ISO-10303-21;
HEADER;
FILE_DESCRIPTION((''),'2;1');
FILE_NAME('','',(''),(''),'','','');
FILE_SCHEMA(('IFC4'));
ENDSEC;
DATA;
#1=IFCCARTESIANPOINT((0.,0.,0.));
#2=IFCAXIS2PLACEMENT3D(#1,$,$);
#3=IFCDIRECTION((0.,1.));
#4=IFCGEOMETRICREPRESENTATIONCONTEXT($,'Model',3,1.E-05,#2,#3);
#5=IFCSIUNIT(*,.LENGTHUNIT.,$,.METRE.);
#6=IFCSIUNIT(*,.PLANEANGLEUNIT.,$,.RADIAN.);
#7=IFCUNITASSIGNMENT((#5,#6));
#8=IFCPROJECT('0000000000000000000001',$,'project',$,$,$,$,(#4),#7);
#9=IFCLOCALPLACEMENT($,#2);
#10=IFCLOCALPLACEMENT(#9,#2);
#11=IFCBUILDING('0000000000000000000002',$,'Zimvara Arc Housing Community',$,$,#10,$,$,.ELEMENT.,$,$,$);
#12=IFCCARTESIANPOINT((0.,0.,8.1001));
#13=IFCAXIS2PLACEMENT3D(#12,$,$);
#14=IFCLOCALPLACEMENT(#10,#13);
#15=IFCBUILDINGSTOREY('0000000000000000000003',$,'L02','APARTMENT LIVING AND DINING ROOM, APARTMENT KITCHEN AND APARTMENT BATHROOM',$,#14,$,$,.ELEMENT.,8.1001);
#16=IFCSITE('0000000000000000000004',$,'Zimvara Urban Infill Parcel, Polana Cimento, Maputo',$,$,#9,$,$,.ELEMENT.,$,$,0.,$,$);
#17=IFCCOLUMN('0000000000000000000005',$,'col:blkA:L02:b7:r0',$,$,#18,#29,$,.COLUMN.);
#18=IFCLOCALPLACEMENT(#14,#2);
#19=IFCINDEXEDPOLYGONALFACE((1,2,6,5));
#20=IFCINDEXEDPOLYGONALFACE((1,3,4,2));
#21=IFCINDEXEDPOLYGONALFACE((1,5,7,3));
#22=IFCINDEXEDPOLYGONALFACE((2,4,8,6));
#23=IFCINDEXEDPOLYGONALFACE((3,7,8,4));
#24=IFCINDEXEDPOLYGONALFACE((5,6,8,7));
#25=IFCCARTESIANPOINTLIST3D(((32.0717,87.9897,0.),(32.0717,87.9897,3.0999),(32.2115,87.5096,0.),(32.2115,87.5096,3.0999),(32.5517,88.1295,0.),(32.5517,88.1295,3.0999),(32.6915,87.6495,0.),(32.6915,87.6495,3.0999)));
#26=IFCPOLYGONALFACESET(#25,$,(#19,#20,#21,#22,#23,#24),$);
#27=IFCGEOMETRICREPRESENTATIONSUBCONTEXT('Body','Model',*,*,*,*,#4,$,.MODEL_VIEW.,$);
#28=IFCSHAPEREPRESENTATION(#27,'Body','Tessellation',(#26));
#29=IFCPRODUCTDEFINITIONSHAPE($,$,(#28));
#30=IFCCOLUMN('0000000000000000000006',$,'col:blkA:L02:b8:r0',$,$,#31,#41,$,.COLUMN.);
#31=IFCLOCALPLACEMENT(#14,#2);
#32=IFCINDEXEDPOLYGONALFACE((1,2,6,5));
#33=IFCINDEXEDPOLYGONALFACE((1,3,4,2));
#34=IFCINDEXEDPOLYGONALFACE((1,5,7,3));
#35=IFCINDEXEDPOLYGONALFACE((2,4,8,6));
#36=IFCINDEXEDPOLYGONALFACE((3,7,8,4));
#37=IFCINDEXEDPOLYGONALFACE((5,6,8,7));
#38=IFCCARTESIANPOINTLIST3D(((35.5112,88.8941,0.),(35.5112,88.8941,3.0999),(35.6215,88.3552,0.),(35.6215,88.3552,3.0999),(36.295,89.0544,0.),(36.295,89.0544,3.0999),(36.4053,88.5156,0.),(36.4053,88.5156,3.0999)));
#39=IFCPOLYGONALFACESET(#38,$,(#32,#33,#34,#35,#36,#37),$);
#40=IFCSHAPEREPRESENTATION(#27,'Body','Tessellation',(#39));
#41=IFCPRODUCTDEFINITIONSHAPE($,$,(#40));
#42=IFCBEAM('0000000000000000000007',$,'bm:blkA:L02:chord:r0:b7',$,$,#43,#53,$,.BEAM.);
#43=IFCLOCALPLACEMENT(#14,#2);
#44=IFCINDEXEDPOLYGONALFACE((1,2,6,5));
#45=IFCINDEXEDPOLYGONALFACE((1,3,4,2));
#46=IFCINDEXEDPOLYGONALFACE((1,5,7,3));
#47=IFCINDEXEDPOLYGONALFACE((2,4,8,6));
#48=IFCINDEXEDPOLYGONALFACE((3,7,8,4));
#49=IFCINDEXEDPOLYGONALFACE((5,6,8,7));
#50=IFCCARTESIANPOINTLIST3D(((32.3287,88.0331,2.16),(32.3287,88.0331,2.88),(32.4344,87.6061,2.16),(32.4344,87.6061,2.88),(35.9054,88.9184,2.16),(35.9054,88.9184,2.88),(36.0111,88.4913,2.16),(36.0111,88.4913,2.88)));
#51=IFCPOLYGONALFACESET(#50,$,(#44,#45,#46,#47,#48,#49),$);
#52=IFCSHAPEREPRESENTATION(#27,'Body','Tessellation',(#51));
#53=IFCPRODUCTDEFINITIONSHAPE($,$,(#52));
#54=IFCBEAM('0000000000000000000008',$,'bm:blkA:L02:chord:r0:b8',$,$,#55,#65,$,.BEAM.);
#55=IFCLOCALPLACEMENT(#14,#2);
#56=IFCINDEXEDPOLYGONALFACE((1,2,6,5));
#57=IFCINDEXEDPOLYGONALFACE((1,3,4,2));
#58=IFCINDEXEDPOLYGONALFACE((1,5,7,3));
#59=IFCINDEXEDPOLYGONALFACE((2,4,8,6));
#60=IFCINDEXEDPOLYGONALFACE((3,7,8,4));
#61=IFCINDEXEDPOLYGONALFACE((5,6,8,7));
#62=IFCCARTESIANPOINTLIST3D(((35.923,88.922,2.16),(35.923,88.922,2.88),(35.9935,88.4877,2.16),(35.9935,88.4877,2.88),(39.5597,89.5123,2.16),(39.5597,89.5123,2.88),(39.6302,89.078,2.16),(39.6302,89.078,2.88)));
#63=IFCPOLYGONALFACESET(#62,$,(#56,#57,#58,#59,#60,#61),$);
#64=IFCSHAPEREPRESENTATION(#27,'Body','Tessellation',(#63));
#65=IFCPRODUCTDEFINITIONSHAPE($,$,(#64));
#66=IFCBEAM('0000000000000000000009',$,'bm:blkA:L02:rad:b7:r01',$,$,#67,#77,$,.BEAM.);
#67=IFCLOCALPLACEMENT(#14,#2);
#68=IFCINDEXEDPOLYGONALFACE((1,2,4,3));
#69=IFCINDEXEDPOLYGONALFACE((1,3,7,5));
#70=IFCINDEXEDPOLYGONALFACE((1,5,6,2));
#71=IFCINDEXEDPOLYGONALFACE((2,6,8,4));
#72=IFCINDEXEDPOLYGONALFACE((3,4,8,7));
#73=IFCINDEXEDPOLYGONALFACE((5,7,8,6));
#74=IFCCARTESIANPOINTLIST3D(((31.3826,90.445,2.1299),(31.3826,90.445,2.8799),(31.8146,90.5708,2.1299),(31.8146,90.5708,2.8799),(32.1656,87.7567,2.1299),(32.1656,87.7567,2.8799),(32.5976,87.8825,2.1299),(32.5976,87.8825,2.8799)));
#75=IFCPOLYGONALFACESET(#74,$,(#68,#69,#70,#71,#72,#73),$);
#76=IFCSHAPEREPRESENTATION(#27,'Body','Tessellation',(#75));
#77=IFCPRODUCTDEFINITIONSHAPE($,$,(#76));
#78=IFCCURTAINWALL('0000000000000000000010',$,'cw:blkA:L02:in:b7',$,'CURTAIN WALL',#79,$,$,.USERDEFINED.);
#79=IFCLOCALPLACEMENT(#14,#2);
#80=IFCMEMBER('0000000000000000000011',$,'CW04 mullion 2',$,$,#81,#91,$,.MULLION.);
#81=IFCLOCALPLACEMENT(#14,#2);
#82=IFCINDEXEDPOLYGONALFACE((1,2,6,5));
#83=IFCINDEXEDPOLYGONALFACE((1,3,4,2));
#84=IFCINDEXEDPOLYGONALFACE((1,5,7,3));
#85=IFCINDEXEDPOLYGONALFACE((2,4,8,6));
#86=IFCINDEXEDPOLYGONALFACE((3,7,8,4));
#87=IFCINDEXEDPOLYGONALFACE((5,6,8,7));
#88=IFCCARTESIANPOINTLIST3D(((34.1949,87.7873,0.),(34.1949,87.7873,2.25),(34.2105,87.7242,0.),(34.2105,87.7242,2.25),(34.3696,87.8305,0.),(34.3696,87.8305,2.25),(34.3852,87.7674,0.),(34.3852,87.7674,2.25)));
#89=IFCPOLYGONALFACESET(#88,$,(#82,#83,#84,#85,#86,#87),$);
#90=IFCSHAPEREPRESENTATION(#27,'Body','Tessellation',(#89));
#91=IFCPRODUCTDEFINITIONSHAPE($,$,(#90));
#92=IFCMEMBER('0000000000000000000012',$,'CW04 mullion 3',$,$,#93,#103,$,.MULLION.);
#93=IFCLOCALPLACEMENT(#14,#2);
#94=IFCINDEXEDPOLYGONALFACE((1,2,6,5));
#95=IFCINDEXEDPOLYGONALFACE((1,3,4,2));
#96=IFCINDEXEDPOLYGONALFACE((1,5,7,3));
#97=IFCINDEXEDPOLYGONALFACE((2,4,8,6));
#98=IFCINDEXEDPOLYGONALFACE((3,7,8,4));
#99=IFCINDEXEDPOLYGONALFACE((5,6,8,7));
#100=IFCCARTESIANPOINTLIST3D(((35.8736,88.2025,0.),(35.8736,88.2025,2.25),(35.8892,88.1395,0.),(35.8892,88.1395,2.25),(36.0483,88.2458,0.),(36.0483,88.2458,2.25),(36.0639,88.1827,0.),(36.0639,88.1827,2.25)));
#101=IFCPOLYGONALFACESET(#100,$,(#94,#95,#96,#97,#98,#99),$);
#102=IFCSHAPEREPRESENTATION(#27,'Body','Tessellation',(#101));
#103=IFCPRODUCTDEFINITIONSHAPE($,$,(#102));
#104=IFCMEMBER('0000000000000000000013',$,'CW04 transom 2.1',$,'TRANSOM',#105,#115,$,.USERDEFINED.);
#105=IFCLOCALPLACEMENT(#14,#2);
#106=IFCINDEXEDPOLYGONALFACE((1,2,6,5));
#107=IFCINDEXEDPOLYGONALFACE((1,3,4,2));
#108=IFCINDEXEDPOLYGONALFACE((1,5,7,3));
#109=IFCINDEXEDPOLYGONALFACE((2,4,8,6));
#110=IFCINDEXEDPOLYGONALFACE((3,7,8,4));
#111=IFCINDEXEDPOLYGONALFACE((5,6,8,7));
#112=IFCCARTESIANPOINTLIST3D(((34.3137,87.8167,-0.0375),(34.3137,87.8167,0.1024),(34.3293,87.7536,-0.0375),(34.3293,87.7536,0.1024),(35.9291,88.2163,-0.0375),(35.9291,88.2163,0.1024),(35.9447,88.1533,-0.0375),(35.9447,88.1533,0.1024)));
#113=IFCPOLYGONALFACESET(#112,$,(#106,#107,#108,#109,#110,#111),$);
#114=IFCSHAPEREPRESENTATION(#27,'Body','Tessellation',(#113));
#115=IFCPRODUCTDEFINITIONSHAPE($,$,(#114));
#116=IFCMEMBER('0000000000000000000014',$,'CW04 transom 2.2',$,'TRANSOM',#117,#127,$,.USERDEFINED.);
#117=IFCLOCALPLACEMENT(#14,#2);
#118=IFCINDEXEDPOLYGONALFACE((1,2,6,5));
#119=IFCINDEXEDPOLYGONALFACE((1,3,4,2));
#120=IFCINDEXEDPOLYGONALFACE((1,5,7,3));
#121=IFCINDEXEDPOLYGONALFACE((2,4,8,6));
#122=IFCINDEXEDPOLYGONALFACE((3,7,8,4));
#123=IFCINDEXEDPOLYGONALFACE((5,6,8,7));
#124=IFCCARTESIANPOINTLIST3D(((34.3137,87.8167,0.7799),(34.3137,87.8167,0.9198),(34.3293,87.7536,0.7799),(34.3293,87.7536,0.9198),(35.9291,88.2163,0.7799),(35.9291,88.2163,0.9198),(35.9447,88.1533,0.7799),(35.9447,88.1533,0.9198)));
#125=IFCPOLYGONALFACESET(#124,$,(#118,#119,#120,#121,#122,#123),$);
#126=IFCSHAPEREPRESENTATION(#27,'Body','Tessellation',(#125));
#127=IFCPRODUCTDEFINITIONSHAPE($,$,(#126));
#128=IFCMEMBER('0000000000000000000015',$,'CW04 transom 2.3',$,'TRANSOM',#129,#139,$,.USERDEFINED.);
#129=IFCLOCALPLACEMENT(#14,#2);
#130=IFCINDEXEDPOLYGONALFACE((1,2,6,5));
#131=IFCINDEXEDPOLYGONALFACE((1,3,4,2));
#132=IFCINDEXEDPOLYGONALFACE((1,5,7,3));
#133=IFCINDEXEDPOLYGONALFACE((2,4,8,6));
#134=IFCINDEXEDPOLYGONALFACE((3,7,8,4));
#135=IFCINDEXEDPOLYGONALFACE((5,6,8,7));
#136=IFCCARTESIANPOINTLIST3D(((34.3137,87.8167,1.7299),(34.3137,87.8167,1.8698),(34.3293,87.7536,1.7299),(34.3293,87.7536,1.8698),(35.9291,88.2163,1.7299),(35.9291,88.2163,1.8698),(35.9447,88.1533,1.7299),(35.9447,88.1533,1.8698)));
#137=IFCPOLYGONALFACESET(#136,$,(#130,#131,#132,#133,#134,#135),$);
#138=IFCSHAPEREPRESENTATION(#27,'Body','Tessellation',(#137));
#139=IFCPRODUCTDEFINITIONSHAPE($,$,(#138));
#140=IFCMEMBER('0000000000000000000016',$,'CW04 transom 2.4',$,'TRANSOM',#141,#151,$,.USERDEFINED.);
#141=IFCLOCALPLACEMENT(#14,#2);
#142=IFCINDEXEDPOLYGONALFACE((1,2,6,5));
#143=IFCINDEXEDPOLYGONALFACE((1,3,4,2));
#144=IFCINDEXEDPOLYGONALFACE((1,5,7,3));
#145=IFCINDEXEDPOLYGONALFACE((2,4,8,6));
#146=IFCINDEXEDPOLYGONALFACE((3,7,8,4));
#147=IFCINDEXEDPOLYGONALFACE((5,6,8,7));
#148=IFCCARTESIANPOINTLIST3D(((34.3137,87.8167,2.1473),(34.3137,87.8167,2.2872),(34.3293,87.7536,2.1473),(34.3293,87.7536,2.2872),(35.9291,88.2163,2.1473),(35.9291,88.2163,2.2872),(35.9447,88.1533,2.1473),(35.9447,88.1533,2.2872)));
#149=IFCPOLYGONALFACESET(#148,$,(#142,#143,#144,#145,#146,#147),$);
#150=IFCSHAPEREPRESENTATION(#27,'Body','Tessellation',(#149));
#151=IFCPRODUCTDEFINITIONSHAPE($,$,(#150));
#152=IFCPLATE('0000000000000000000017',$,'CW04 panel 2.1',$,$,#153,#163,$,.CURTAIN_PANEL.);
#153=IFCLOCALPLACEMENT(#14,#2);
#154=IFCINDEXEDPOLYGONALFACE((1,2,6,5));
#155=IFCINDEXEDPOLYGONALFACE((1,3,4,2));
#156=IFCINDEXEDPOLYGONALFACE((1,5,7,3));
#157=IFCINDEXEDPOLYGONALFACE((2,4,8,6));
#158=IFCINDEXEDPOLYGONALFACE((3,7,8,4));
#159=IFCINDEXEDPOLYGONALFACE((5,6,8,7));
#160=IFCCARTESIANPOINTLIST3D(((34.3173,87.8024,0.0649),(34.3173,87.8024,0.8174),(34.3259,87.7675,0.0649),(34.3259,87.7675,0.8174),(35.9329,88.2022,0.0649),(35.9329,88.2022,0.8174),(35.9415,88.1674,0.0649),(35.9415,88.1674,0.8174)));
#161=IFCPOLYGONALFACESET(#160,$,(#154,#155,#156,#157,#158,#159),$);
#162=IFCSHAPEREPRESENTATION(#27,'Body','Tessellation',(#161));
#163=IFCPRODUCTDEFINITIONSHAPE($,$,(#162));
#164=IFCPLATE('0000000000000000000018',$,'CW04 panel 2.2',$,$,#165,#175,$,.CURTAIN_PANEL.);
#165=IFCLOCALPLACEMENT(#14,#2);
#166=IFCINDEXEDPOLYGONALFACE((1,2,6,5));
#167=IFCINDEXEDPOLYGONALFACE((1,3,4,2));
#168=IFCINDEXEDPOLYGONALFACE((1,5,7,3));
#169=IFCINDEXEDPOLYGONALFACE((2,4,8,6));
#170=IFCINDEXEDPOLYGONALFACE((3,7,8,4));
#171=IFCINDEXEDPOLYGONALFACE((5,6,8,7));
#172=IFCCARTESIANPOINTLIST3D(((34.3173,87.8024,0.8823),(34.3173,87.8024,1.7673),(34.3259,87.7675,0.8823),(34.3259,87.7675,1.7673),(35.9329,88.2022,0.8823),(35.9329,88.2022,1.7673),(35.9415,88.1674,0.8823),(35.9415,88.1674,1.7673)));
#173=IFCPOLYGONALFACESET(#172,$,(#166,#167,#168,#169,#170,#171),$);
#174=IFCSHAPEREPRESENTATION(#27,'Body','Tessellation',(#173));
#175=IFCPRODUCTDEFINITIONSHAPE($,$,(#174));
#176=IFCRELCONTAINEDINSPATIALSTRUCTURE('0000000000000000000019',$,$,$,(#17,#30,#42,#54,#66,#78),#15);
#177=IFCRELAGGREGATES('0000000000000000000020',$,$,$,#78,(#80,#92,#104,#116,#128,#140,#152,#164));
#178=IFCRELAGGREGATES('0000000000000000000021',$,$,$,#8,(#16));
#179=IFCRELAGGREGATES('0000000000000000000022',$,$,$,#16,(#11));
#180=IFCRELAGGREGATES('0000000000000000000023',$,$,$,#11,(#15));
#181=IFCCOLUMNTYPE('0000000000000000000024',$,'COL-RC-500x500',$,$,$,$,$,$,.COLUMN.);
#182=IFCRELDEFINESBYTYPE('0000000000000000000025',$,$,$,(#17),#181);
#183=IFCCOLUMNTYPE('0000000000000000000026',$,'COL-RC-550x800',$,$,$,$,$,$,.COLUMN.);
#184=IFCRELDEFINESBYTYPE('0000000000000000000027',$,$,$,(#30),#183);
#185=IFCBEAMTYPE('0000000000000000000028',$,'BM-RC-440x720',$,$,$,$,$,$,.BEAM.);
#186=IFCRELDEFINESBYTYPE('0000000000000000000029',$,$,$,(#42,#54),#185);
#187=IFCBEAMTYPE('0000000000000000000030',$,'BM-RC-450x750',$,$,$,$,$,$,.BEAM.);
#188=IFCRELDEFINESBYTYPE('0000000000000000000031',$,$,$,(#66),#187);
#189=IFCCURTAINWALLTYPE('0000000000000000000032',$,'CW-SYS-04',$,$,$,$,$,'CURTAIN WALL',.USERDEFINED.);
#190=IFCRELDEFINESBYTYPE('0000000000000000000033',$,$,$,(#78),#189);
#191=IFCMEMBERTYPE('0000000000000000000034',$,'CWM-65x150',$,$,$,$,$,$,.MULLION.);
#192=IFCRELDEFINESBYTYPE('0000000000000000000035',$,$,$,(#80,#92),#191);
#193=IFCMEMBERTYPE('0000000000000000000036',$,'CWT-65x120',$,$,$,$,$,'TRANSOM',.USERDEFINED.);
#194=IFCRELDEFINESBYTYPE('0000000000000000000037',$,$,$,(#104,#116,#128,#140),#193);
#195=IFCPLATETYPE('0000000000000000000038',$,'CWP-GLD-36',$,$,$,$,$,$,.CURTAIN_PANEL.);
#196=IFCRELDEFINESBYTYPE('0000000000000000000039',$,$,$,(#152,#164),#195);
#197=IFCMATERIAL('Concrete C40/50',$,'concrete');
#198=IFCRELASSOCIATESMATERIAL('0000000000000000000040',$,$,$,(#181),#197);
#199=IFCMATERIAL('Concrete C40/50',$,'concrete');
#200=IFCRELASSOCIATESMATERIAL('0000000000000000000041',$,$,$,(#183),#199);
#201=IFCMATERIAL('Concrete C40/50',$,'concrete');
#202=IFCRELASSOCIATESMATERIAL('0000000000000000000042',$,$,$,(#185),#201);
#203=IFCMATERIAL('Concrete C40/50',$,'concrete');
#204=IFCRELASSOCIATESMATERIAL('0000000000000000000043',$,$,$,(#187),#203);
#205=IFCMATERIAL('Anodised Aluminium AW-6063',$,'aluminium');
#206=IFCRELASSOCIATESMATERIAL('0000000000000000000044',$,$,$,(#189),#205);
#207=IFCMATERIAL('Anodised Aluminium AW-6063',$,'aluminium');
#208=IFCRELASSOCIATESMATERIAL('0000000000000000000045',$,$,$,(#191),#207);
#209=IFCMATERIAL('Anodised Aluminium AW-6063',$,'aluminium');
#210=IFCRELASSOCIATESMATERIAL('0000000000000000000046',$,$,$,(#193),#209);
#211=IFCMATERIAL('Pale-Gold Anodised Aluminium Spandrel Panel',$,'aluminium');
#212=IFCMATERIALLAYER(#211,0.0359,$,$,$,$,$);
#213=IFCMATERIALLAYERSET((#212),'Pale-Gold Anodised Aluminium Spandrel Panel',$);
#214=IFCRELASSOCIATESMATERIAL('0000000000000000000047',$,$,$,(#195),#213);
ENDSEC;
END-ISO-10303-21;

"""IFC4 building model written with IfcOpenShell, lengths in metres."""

from ifc_helpers import new_model, si_unit, direction, frame, origin, origin_2d, place, context, subcontext, project, spatial, rectangle, extrude, material, layer, layer_set, material_profile, profile_set, type_object, element, aggregate, save


model = new_model("IFC4")

# Units and contexts
model_context = context("Model", 3, precision=1e-05, world=origin(), true_north=direction((0.0, 1.0)))
body_context = subcontext(model_context, "Body", "Model", "MODEL_VIEW")
ifc_project = project(units=[si_unit("LENGTHUNIT", "METRE"), si_unit("PLANEANGLEUNIT", "RADIAN")], contexts=[model_context])

# Site, building, storey
site_placement = place(None, origin())
site = spatial("IfcSite", under=ifc_project, at=site_placement, Name="Zimvara Urban Infill Parcel, Polana Cimento, Maputo", CompositionType="ELEMENT", RefElevation=0.0)
building_placement = place(site_placement, origin())
building = spatial("IfcBuilding", under=site, at=building_placement, Name="Zimvara Arc Housing Community", CompositionType="ELEMENT")
storey_placement = place(building_placement, frame((0.0, 0.0, 8.1001)))
storey = spatial("IfcBuildingStorey", under=building, at=storey_placement, Name="L02", Description="APARTMENT LIVING AND DINING ROOM, APARTMENT KITCHEN AND APARTMENT BATHROOM", CompositionType="ELEMENT", Elevation=8.1001)

# Columns
ifc_material_1 = material(Name="Concrete C40/50", Category="concrete")
ifc_material_profile_1 = material_profile(ifc_material_1, rectangle(XDim=0.5, YDim=0.5, at=origin_2d()), Name="RC 500x500")
ifc_profile_set_1 = profile_set([ifc_material_profile_1], Name="Concrete C40/50")
column_type_1 = type_object("IfcColumnType", Name="COL-RC-500x500", PredefinedType="COLUMN", material=ifc_profile_set_1)
column_1_placement = place(storey_placement, frame((32.3816, 87.8196, 0.0), z_axis=(0.0, 0.0, 1.0), x_axis=(-0.279661, 0.960099, 0.0)))
element("IfcColumn", 1, at=column_1_placement, inside=storey, type_object=column_type_1, Name="col:blkA:L02:b7:r0", PredefinedType="COLUMN", context=body_context, shape_type="SweptSolid", body=[
    extrude(rectangle(XDim=0.5, YDim=0.5, at=origin_2d()), origin(), (0.0, 0.0, 1.0), 3.0999),
])
ifc_material_2 = material(Name="Concrete C40/50", Category="concrete")
ifc_material_profile_2 = material_profile(ifc_material_2, rectangle(XDim=0.55, YDim=0.8, at=origin_2d()), Name="RC 550x800")
ifc_profile_set_2 = profile_set([ifc_material_profile_2], Name="Concrete C40/50")
column_type_2 = type_object("IfcColumnType", Name="COL-RC-550x800", PredefinedType="COLUMN", material=ifc_profile_set_2)
column_2_placement = place(storey_placement, frame((35.9583, 88.7048, 0.0), z_axis=(0.0, 0.0, 1.0), x_axis=(-0.200394, 0.979715, 0.0)))
element("IfcColumn", 2, at=column_2_placement, inside=storey, type_object=column_type_2, Name="col:blkA:L02:b8:r0", PredefinedType="COLUMN", context=body_context, shape_type="SweptSolid", body=[
    extrude(rectangle(XDim=0.55, YDim=0.8, at=origin_2d()), origin(), (0.0, 0.0, 1.0), 3.0999),
])

# Beams
ifc_material_3 = material(Name="Concrete C40/50", Category="concrete")
ifc_material_profile_3 = material_profile(ifc_material_3, rectangle(XDim=0.4399, YDim=0.72, at=origin_2d()), Name="RC 440x720")
ifc_profile_set_3 = profile_set([ifc_material_profile_3], Name="Concrete C40/50")
beam_type_1 = type_object("IfcBeamType", Name="BM-RC-440x720", PredefinedType="BEAM", material=ifc_profile_set_3)
beam_1_placement = place(storey_placement, frame((32.3816, 87.8196, 2.52), z_axis=(0.970709, 0.240259, 0.0), x_axis=(-0.240259, 0.970709, 0.0)))
element("IfcBeam", 3, at=beam_1_placement, inside=storey, type_object=beam_type_1, Name="bm:blkA:L02:chord:r0:b7", PredefinedType="BEAM", context=body_context, shape_type="SweptSolid", body=[
    extrude(rectangle(XDim=0.4399, YDim=0.72, at=origin_2d()), origin(), (0.0, 0.0, 1.0), 3.6846),
])
beam_2_placement = place(storey_placement, frame((35.9583, 88.7048, 2.52), z_axis=(0.98708, 0.160228, 0.0), x_axis=(-0.160228, 0.98708, 0.0)))
element("IfcBeam", 4, at=beam_2_placement, inside=storey, type_object=beam_type_1, Name="bm:blkA:L02:chord:r0:b8", PredefinedType="BEAM", context=body_context, shape_type="SweptSolid", body=[
    extrude(rectangle(XDim=0.4399, YDim=0.72, at=origin_2d()), origin(), (0.0, 0.0, 1.0), 3.6843),
])
ifc_material_4 = material(Name="Concrete C40/50", Category="concrete")
ifc_material_profile_4 = material_profile(ifc_material_4, rectangle(XDim=0.45, YDim=0.75, at=origin_2d()), Name="RC 450x750")
ifc_profile_set_4 = profile_set([ifc_material_profile_4], Name="Concrete C40/50")
beam_type_2 = type_object("IfcBeamType", Name="BM-RC-450x750", PredefinedType="BEAM", material=ifc_profile_set_4)
beam_3_placement = place(storey_placement, frame((32.3816, 87.8196, 2.5049), z_axis=(-0.279635, 0.960106, 0.0), x_axis=(-0.960106, -0.279635, 0.0)))
element("IfcBeam", 5, at=beam_3_placement, inside=storey, type_object=beam_type_2, Name="bm:blkA:L02:rad:b7:r01", PredefinedType="BEAM", context=body_context, shape_type="SweptSolid", body=[
    extrude(rectangle(XDim=0.45, YDim=0.75, at=origin_2d()), origin(), (0.0, 0.0, 1.0), 2.8),
])

# Curtain wall, members, plates
ifc_material_5 = material(Name="Anodised Aluminium AW-6063", Category="aluminium")
curtain_wall_type = type_object("IfcCurtainWallType", Name="CW-SYS-04", ElementType="CURTAIN WALL", PredefinedType="USERDEFINED", material=ifc_material_5)
curtain_wall_placement = place(storey_placement, origin())
curtain_wall = element("IfcCurtainWall", 6, at=curtain_wall_placement, inside=storey, type_object=curtain_wall_type, Name="cw:blkA:L02:in:b7", ObjectType="CURTAIN WALL", PredefinedType="USERDEFINED")
ifc_material_6 = material(Name="Anodised Aluminium AW-6063", Category="aluminium")
ifc_material_profile_5 = material_profile(ifc_material_6, rectangle(XDim=0.0649, YDim=0.1799, at=origin_2d()), Name="ALU 65x180")
ifc_profile_set_5 = profile_set([ifc_material_profile_5], Name="Anodised Aluminium AW-6063")
member_type_1 = type_object("IfcMemberType", Name="CWM-65x150", PredefinedType="MULLION", material=ifc_profile_set_5)
member_1_placement = place(storey_placement, frame((34.29, 87.7773, 0.0), z_axis=(0.0, 0.0, 1.0), x_axis=(-0.240228, 0.970717, 0.0)))
member_1 = element("IfcMember", 7, at=member_1_placement, type_object=member_type_1, Name="CW04 mullion 2", PredefinedType="MULLION", context=body_context, shape_type="SweptSolid", body=[
    extrude(rectangle(XDim=0.0649, YDim=0.1799, at=origin_2d()), origin(), (0.0, 0.0, 1.0), 2.25),
])
member_2_placement = place(storey_placement, frame((35.9688, 88.1926, 0.0), z_axis=(0.0, 0.0, 1.0), x_axis=(-0.240228, 0.970717, 0.0)))
member_2 = element("IfcMember", 8, at=member_2_placement, type_object=member_type_1, Name="CW04 mullion 3", PredefinedType="MULLION", context=body_context, shape_type="SweptSolid", body=[
    extrude(rectangle(XDim=0.0649, YDim=0.1799, at=origin_2d()), origin(), (0.0, 0.0, 1.0), 2.25),
])
ifc_material_7 = material(Name="Anodised Aluminium AW-6063", Category="aluminium")
ifc_material_profile_6 = material_profile(ifc_material_7, rectangle(XDim=0.0649, YDim=0.1399, at=origin_2d()), Name="ALU 65x140")
ifc_profile_set_6 = profile_set([ifc_material_profile_6], Name="Anodised Aluminium AW-6063")
member_type_2 = type_object("IfcMemberType", Name="CWT-65x120", ElementType="TRANSOM", PredefinedType="USERDEFINED", material=ifc_profile_set_6)
member_3_placement = place(storey_placement, frame((34.3215, 87.7852, 0.0325), z_axis=(0.970735, 0.240153, 0.0), x_axis=(-0.240153, 0.970735, 0.0)))
member_3 = element("IfcMember", 9, at=member_3_placement, type_object=member_type_2, Name="CW04 transom 2.1", ObjectType="TRANSOM", PredefinedType="USERDEFINED", context=body_context, shape_type="SweptSolid", body=[
    extrude(rectangle(XDim=0.0649, YDim=0.1399, at=origin_2d()), origin(), (0.0, 0.0, 1.0), 1.6641),
])
member_4_placement = place(storey_placement, frame((34.3215, 87.7852, 0.8499), z_axis=(0.970735, 0.240153, 0.0), x_axis=(-0.240153, 0.970735, 0.0)))
member_4 = element("IfcMember", 10, at=member_4_placement, type_object=member_type_2, Name="CW04 transom 2.2", ObjectType="TRANSOM", PredefinedType="USERDEFINED", context=body_context, shape_type="SweptSolid", body=[
    extrude(rectangle(XDim=0.0649, YDim=0.1399, at=origin_2d()), origin(), (0.0, 0.0, 1.0), 1.6641),
])
member_5_placement = place(storey_placement, frame((34.3215, 87.7852, 1.7998), z_axis=(0.970735, 0.240153, 0.0), x_axis=(-0.240153, 0.970735, 0.0)))
member_5 = element("IfcMember", 11, at=member_5_placement, type_object=member_type_2, Name="CW04 transom 2.3", ObjectType="TRANSOM", PredefinedType="USERDEFINED", context=body_context, shape_type="SweptSolid", body=[
    extrude(rectangle(XDim=0.0649, YDim=0.1399, at=origin_2d()), origin(), (0.0, 0.0, 1.0), 1.6641),
])
member_6_placement = place(storey_placement, frame((34.3215, 87.7852, 2.2173), z_axis=(0.970735, 0.240153, 0.0), x_axis=(-0.240153, 0.970735, 0.0)))
member_6 = element("IfcMember", 12, at=member_6_placement, type_object=member_type_2, Name="CW04 transom 2.4", ObjectType="TRANSOM", PredefinedType="USERDEFINED", context=body_context, shape_type="SweptSolid", body=[
    extrude(rectangle(XDim=0.0649, YDim=0.1399, at=origin_2d()), origin(), (0.0, 0.0, 1.0), 1.6641),
])
ifc_material_8 = material(Name="Pale-Gold Anodised Aluminium Spandrel Panel", Category="aluminium")
ifc_layer_1 = layer(ifc_material_8, 0.0359)
ifc_layer_set_1 = layer_set([ifc_layer_1], Name="Pale-Gold Anodised Aluminium Spandrel Panel")
plate_type = type_object("IfcPlateType", Name="CWP-GLD-36", PredefinedType="CURTAIN_PANEL", material=ifc_layer_set_1)
plate_1_placement = place(storey_placement, frame((35.1294, 87.9849, 0.0649), z_axis=(0.0, 0.0, 1.0), x_axis=(0.970717, 0.240228, 0.0)))
plate_1 = element("IfcPlate", 13, at=plate_1_placement, type_object=plate_type, Name="CW04 panel 2.1", PredefinedType="CURTAIN_PANEL", context=body_context, shape_type="SweptSolid", body=[
    extrude(rectangle(XDim=1.6643, YDim=0.0359, at=origin_2d()), origin(), (0.0, 0.0, 1.0), 0.7524),
])
plate_2_placement = place(storey_placement, frame((35.1294, 87.9849, 0.8823), z_axis=(0.0, 0.0, 1.0), x_axis=(0.970717, 0.240228, 0.0)))
plate_2 = element("IfcPlate", 14, at=plate_2_placement, type_object=plate_type, Name="CW04 panel 2.2", PredefinedType="CURTAIN_PANEL", context=body_context, shape_type="SweptSolid", body=[
    extrude(rectangle(XDim=1.6643, YDim=0.0359, at=origin_2d()), origin(), (0.0, 0.0, 1.0), 0.885),
])
aggregate(curtain_wall, [member_1, member_2, member_3, member_4, member_5, member_6, plate_1, plate_2])

save(model, "model.ifc")
